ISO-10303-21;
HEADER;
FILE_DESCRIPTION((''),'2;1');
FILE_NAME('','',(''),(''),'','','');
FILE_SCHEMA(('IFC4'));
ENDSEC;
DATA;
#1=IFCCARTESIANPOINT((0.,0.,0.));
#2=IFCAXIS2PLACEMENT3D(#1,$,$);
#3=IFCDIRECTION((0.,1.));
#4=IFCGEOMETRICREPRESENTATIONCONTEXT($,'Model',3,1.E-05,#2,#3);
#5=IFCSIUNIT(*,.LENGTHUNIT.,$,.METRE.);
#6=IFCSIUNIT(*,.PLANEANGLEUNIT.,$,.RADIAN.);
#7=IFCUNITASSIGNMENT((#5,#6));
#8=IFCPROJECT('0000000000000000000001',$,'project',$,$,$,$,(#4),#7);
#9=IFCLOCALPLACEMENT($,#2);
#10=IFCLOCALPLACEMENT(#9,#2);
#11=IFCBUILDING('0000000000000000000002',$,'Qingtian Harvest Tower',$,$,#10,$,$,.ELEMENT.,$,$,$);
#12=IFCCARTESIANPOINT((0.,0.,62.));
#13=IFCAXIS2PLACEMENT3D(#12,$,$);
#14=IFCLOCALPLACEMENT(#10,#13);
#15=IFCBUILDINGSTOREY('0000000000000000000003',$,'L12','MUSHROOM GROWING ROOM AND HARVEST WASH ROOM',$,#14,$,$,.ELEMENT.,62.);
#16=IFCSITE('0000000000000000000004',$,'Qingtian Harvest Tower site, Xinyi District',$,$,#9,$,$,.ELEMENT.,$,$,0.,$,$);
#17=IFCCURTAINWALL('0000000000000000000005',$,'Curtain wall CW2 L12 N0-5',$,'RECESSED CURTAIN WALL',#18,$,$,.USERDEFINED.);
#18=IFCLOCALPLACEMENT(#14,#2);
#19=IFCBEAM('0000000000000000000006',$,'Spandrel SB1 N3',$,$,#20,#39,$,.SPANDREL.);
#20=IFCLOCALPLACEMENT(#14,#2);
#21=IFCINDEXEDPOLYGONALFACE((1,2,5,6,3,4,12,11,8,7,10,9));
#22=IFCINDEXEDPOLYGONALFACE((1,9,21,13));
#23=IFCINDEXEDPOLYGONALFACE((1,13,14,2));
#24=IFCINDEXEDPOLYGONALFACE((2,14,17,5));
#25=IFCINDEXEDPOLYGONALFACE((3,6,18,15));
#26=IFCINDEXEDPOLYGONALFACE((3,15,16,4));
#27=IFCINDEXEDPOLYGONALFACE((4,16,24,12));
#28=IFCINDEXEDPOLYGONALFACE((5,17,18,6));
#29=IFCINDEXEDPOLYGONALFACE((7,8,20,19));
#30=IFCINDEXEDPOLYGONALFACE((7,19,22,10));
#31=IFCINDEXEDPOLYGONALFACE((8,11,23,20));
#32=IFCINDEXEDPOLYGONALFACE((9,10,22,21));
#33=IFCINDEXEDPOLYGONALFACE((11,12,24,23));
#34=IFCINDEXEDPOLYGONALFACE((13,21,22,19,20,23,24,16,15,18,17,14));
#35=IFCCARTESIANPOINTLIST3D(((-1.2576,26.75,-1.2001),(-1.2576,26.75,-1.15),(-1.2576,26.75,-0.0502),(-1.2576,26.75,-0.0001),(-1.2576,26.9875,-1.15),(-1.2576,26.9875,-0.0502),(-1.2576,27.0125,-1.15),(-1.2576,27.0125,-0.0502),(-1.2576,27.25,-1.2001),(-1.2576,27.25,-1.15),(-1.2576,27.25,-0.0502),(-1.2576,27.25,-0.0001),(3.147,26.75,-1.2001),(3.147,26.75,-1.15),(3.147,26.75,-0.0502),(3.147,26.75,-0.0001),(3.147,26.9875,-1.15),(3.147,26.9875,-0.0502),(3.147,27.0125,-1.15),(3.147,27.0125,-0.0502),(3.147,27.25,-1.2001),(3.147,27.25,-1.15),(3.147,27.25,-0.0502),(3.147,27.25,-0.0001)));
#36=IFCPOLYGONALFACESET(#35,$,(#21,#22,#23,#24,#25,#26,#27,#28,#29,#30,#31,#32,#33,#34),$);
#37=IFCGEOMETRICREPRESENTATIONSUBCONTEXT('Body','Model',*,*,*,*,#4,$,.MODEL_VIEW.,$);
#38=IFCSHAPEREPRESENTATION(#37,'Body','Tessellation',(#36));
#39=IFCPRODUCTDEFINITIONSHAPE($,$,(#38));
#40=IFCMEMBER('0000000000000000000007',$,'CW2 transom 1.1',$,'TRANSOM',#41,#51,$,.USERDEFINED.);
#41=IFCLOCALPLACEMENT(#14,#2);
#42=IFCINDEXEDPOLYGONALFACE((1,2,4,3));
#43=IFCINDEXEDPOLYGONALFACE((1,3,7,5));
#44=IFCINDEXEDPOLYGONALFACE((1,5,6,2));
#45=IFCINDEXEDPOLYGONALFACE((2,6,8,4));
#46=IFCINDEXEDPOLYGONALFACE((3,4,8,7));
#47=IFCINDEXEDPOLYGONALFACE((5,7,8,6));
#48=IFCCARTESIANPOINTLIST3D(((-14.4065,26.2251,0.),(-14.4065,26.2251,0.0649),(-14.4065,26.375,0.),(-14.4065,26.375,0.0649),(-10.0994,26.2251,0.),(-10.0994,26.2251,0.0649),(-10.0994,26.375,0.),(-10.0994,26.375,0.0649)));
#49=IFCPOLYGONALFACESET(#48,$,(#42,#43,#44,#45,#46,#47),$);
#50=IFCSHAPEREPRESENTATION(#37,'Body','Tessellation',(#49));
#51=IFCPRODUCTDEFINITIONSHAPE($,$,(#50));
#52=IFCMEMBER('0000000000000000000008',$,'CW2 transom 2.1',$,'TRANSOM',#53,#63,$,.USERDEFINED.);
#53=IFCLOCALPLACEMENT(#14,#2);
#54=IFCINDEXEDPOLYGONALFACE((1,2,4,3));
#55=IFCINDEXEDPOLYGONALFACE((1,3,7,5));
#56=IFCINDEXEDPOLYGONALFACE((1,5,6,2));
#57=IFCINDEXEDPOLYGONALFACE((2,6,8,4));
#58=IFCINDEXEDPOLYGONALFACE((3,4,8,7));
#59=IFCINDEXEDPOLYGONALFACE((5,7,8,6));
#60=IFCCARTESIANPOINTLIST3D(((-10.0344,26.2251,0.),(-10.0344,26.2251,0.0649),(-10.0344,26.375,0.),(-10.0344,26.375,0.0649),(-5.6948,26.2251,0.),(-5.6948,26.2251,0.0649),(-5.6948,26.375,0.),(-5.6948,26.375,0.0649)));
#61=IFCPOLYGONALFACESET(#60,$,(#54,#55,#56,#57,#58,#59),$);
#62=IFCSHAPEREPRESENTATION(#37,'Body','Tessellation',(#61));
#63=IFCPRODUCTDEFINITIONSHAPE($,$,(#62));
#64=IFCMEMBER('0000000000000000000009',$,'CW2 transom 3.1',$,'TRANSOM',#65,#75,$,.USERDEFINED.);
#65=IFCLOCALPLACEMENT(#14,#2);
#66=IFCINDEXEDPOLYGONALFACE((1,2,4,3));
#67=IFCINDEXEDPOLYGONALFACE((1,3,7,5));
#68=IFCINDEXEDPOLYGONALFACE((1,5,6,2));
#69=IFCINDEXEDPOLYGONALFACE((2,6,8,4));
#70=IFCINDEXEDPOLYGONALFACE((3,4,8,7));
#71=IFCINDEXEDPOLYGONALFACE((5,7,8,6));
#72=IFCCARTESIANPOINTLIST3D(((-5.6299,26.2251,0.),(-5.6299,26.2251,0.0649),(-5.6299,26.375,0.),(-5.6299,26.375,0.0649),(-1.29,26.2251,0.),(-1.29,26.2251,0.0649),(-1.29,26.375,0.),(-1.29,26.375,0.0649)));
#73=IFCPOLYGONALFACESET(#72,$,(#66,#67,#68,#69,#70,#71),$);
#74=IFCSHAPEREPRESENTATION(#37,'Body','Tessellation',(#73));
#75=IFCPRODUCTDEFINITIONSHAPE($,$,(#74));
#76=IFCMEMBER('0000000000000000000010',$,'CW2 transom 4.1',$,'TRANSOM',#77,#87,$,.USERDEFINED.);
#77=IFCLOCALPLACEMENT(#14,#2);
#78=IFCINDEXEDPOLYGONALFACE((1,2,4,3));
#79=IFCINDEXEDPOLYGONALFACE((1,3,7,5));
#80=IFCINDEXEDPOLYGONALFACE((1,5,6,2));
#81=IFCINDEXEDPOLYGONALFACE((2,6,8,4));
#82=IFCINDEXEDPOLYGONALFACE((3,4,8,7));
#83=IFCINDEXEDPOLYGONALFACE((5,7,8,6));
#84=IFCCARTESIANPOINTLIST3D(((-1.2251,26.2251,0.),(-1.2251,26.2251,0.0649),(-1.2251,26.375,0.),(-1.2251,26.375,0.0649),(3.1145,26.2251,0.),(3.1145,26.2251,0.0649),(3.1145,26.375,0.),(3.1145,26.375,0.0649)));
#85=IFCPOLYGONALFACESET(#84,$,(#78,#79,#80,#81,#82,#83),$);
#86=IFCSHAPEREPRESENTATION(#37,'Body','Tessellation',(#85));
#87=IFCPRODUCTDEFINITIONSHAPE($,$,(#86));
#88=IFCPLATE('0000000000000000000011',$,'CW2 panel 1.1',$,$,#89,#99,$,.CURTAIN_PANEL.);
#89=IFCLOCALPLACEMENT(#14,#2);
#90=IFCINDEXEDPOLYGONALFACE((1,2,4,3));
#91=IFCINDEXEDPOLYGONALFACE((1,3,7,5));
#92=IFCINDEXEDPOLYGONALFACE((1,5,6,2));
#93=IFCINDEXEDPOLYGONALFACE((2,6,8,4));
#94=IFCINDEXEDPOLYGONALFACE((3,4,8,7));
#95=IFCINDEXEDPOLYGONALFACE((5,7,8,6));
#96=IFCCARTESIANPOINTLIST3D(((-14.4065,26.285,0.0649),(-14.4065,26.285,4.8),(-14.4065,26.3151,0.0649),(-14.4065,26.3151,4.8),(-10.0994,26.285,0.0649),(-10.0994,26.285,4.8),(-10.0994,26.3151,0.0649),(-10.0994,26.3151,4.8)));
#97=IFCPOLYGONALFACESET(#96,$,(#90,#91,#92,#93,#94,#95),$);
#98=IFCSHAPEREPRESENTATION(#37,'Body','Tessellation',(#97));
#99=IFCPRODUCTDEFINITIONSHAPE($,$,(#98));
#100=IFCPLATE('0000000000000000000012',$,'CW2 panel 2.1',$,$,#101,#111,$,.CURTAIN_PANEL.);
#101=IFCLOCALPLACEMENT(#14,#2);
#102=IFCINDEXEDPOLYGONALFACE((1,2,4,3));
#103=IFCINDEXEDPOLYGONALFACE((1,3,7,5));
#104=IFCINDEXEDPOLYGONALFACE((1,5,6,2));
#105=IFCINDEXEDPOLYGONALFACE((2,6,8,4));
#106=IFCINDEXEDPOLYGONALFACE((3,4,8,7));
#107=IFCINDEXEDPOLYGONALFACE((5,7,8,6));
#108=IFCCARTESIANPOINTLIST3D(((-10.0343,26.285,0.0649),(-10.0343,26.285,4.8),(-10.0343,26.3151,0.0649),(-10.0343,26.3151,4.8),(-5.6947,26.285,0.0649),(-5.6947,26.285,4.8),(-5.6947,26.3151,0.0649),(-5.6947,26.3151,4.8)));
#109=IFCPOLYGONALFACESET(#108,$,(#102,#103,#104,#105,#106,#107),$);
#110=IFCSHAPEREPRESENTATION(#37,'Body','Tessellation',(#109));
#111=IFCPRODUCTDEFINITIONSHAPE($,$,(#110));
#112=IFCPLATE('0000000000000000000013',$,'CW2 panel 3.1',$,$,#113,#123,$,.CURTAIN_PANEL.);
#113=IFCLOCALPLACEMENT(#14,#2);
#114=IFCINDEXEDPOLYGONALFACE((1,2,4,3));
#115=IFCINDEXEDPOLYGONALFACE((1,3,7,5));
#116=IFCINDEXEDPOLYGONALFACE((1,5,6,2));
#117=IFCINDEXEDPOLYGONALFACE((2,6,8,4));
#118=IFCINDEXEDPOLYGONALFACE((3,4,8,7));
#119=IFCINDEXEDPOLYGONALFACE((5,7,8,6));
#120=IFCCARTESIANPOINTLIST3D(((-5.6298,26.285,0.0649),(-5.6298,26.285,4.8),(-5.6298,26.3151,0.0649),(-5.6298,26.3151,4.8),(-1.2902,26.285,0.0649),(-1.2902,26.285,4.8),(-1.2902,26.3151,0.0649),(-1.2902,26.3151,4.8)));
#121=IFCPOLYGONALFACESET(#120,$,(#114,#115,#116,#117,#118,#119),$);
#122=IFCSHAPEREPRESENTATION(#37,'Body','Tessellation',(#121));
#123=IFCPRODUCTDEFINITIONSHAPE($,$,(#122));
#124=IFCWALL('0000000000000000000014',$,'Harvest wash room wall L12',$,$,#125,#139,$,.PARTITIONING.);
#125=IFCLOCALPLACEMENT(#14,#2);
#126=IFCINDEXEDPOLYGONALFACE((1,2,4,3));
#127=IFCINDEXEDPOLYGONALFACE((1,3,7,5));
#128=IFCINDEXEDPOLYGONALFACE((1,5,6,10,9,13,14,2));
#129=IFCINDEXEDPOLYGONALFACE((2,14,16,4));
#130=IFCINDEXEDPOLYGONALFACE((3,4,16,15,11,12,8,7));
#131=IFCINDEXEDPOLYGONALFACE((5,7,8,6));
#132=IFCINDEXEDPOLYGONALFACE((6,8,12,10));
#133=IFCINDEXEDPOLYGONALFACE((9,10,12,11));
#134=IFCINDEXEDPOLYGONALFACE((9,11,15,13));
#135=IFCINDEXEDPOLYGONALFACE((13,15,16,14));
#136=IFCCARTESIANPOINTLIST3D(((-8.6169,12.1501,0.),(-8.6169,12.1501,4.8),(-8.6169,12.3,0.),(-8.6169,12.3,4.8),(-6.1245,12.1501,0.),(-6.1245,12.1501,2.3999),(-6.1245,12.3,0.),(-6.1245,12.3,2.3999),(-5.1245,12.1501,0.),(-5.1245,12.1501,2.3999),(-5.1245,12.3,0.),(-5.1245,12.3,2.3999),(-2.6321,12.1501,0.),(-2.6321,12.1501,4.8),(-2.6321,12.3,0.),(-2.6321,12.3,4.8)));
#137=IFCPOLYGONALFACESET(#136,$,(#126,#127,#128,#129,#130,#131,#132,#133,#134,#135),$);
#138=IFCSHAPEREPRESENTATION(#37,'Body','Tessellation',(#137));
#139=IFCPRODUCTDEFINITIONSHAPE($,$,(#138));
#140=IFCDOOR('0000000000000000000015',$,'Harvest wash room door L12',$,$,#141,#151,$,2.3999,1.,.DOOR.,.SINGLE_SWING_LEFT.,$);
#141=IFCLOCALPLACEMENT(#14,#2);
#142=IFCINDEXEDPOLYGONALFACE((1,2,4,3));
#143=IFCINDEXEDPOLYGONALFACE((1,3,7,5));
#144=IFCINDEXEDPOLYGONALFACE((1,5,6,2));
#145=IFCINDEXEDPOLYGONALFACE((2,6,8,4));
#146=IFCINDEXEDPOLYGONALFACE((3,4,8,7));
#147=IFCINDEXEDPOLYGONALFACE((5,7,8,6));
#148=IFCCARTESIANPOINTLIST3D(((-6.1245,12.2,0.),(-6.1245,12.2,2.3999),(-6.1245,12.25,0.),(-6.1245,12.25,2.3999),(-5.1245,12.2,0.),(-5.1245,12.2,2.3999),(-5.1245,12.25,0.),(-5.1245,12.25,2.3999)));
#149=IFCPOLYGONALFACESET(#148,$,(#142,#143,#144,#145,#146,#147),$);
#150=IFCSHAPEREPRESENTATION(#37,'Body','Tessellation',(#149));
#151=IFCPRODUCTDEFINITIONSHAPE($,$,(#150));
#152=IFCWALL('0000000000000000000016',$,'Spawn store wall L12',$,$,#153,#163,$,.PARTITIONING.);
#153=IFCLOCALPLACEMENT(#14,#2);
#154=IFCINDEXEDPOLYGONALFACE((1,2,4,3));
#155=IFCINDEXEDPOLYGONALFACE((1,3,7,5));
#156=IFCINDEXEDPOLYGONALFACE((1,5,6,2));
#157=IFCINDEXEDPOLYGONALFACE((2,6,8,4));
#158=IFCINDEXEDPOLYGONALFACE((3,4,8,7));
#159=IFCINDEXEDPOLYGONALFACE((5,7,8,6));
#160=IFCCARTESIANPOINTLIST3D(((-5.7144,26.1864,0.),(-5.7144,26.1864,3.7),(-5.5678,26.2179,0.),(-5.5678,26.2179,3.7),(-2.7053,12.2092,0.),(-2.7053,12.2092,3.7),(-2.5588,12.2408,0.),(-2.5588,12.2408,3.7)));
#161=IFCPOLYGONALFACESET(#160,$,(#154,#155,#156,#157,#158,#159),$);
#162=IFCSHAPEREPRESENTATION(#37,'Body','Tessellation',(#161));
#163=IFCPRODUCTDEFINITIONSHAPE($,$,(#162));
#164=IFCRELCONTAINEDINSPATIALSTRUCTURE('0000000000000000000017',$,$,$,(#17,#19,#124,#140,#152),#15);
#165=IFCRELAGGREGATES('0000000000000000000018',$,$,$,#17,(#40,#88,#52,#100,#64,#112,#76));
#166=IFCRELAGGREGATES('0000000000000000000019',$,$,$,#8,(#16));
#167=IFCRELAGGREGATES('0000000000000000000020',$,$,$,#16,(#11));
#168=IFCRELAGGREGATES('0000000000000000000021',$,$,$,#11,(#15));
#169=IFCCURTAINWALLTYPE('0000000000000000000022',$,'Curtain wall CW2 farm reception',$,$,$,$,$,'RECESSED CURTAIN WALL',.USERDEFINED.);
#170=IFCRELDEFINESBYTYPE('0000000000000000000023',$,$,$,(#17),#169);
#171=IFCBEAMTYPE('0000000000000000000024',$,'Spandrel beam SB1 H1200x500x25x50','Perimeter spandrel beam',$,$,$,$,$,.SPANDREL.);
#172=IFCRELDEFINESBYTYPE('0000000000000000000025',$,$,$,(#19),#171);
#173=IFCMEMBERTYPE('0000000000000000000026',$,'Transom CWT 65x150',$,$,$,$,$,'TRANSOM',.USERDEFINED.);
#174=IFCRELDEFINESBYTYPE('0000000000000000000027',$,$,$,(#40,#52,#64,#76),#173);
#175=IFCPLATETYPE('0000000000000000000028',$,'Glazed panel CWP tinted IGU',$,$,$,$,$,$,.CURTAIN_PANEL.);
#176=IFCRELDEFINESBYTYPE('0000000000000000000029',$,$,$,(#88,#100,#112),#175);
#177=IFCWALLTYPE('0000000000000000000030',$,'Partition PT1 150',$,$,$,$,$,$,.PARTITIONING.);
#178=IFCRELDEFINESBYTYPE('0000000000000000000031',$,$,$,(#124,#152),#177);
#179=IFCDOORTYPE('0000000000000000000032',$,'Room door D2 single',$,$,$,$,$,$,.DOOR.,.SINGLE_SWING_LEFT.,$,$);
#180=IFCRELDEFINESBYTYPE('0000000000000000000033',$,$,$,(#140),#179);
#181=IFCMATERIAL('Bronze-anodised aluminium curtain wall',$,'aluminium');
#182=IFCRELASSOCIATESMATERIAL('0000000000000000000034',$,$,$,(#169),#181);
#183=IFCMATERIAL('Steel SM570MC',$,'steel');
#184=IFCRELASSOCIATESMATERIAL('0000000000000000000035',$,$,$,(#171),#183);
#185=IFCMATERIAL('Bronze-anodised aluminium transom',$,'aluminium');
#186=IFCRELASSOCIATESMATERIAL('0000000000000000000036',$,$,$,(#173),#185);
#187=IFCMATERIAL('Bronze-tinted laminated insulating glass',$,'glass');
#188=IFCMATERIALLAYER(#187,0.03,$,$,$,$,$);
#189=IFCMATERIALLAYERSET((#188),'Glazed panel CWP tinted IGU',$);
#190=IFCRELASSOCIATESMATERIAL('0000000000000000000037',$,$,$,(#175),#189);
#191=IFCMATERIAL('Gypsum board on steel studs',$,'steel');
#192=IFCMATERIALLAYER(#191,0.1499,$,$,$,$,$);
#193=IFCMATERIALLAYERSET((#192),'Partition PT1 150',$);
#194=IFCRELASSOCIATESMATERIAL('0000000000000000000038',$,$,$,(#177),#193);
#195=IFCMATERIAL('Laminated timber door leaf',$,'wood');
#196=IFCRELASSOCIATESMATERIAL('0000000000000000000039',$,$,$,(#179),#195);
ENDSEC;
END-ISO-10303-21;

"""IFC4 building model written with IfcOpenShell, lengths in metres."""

from ifc_helpers import new_model, si_unit, direction, frame, frame_2d, origin, origin_2d, place, context, subcontext, project, spatial, rectangle, i_section, extrude, material, layer, layer_set, material_profile, profile_set, type_object, element, fill, aggregate, save


model = new_model("IFC4")

# Units and contexts
model_context = context("Model", 3, precision=1e-05, world=origin(), true_north=direction((0.0, 1.0)))
body_context = subcontext(model_context, "Body", "Model", "MODEL_VIEW")
ifc_project = project(units=[si_unit("LENGTHUNIT", "METRE"), si_unit("PLANEANGLEUNIT", "RADIAN")], contexts=[model_context])

# Site, building, storey
site_placement = place(None, origin())
site = spatial("IfcSite", under=ifc_project, at=site_placement, Name="Qingtian Harvest Tower site, Xinyi District", CompositionType="ELEMENT", RefElevation=0.0)
building_placement = place(site_placement, origin())
building = spatial("IfcBuilding", under=site, at=building_placement, Name="Qingtian Harvest Tower", CompositionType="ELEMENT")
storey_placement = place(building_placement, frame((0.0, 0.0, 62.0)))
storey = spatial("IfcBuildingStorey", under=building, at=storey_placement, Name="L12", Description="MUSHROOM GROWING ROOM AND HARVEST WASH ROOM", CompositionType="ELEMENT", Elevation=62.0)

# Curtain wall
ifc_material_1 = material(Name="Bronze-anodised aluminium curtain wall", Category="aluminium")
curtain_wall_type = type_object("IfcCurtainWallType", Name="Curtain wall CW2 farm reception", ElementType="RECESSED CURTAIN WALL", PredefinedType="USERDEFINED", material=ifc_material_1)
curtain_wall_1_placement = place(storey_placement, origin())
curtain_wall_1 = element("IfcCurtainWall", 1, at=curtain_wall_1_placement, inside=storey, type_object=curtain_wall_type, Name="Curtain wall CW2 L12 N0-5", ObjectType="RECESSED CURTAIN WALL", PredefinedType="USERDEFINED")

# Beam
ifc_material_2 = material(Name="Steel SM570MC", Category="steel")
ifc_material_profile_1 = material_profile(ifc_material_2, i_section(OverallWidth=0.5, OverallDepth=1.2, WebThickness=0.0249, FlangeThickness=0.05, at=origin_2d()), Name="H1200x500x25x50")
ifc_profile_set_1 = profile_set([ifc_material_profile_1], Name="Steel SM570MC")
beam_type_1 = type_object("IfcBeamType", Name="Spandrel beam SB1 H1200x500x25x50", Description="Perimeter spandrel beam", PredefinedType="SPANDREL", material=ifc_profile_set_1)
beam_1_placement = place(storey_placement, frame((-1.2576, 27.0, -0.6001), z_axis=(1.0, 0.0, 0.0), x_axis=(0.0, 1.0, 0.0)))
element("IfcBeam", 2, at=beam_1_placement, inside=storey, type_object=beam_type_1, Name="Spandrel SB1 N3", PredefinedType="SPANDREL", context=body_context, shape_type="SweptSolid", body=[
    extrude(i_section(OverallWidth=0.5, OverallDepth=1.2, WebThickness=0.0249, FlangeThickness=0.05, at=origin_2d()), origin(), (0.0, 0.0, 1.0), 4.4045),
])

# Members
ifc_material_3 = material(Name="Bronze-anodised aluminium transom", Category="aluminium")
ifc_material_profile_2 = material_profile(ifc_material_3, rectangle(XDim=0.1499, YDim=0.0649, at=origin_2d()), Name="AL 65x150")
ifc_profile_set_2 = profile_set([ifc_material_profile_2], Name="Bronze-anodised aluminium transom")
member_type_1 = type_object("IfcMemberType", Name="Transom CWT 65x150", ElementType="TRANSOM", PredefinedType="USERDEFINED", material=ifc_profile_set_2)
member_1_placement = place(storey_placement, frame((-14.4065, 26.3, 0.0325), z_axis=(1.0, 0.0, 0.0), x_axis=(0.0, 1.0, 0.0)))
member_1 = element("IfcMember", 3, at=member_1_placement, type_object=member_type_1, Name="CW2 transom 1.1", ObjectType="TRANSOM", PredefinedType="USERDEFINED", context=body_context, shape_type="SweptSolid", body=[
    extrude(rectangle(XDim=0.1499, YDim=0.0649, at=origin_2d()), origin(), (0.0, 0.0, 1.0), 4.3071),
])
member_2_placement = place(storey_placement, frame((-10.0344, 26.3, 0.0325), z_axis=(1.0, 0.0, 0.0), x_axis=(0.0, 1.0, 0.0)))
member_2 = element("IfcMember", 4, at=member_2_placement, type_object=member_type_1, Name="CW2 transom 2.1", ObjectType="TRANSOM", PredefinedType="USERDEFINED", context=body_context, shape_type="SweptSolid", body=[
    extrude(rectangle(XDim=0.1499, YDim=0.0649, at=origin_2d()), origin(), (0.0, 0.0, 1.0), 4.3396),
])
member_3_placement = place(storey_placement, frame((-5.6299, 26.3, 0.0325), z_axis=(1.0, 0.0, 0.0), x_axis=(0.0, 1.0, 0.0)))
member_3 = element("IfcMember", 5, at=member_3_placement, type_object=member_type_1, Name="CW2 transom 3.1", ObjectType="TRANSOM", PredefinedType="USERDEFINED", context=body_context, shape_type="SweptSolid", body=[
    extrude(rectangle(XDim=0.1499, YDim=0.0649, at=origin_2d()), origin(), (0.0, 0.0, 1.0), 4.3398),
])
member_4_placement = place(storey_placement, frame((-1.2251, 26.3, 0.0325), z_axis=(1.0, 0.0, 0.0), x_axis=(0.0, 1.0, 0.0)))
member_4 = element("IfcMember", 6, at=member_4_placement, type_object=member_type_1, Name="CW2 transom 4.1", ObjectType="TRANSOM", PredefinedType="USERDEFINED", context=body_context, shape_type="SweptSolid", body=[
    extrude(rectangle(XDim=0.1499, YDim=0.0649, at=origin_2d()), origin(), (0.0, 0.0, 1.0), 4.3396),
])

# Plates
ifc_material_4 = material(Name="Bronze-tinted laminated insulating glass", Category="glass")
ifc_layer_1 = layer(ifc_material_4, 0.03)
ifc_layer_set_1 = layer_set([ifc_layer_1], Name="Glazed panel CWP tinted IGU")
plate_type = type_object("IfcPlateType", Name="Glazed panel CWP tinted IGU", PredefinedType="CURTAIN_PANEL", material=ifc_layer_set_1)
plate_1_placement = place(storey_placement, frame((-12.2529, 26.3, 0.0649), z_axis=(0.0, 0.0, 1.0), x_axis=(1.0, 0.0, 0.0)))
plate_1 = element("IfcPlate", 7, at=plate_1_placement, type_object=plate_type, Name="CW2 panel 1.1", PredefinedType="CURTAIN_PANEL", context=body_context, shape_type="SweptSolid", body=[
    extrude(rectangle(XDim=4.3071, YDim=0.03, at=origin_2d()), origin(), (0.0, 0.0, 1.0), 4.7351),
])
plate_2_placement = place(storey_placement, frame((-7.8645, 26.3, 0.0649), z_axis=(0.0, 0.0, 1.0), x_axis=(1.0, 0.0, 0.0)))
plate_2 = element("IfcPlate", 8, at=plate_2_placement, type_object=plate_type, Name="CW2 panel 2.1", PredefinedType="CURTAIN_PANEL", context=body_context, shape_type="SweptSolid", body=[
    extrude(rectangle(XDim=4.3396, YDim=0.03, at=origin_2d()), origin(), (0.0, 0.0, 1.0), 4.7351),
])
plate_3_placement = place(storey_placement, frame((-3.46, 26.3, 0.0649), z_axis=(0.0, 0.0, 1.0), x_axis=(1.0, 0.0, 0.0)))
plate_3 = element("IfcPlate", 9, at=plate_3_placement, type_object=plate_type, Name="CW2 panel 3.1", PredefinedType="CURTAIN_PANEL", context=body_context, shape_type="SweptSolid", body=[
    extrude(rectangle(XDim=4.3396, YDim=0.03, at=origin_2d()), origin(), (0.0, 0.0, 1.0), 4.7351),
])
aggregate(curtain_wall_1, [member_1, plate_1, member_2, plate_2, member_3, plate_3, member_4])

# Wall, opening, door
ifc_material_5 = material(Name="Gypsum board on steel studs", Category="steel")
ifc_layer_2 = layer(ifc_material_5, 0.1499)
ifc_layer_set_2 = layer_set([ifc_layer_2], Name="Partition PT1 150")
wall_type = type_object("IfcWallType", Name="Partition PT1 150", PredefinedType="PARTITIONING", material=ifc_layer_set_2)
wall_1_placement = place(storey_placement, frame((-8.6169, 12.2251, 0.0), z_axis=(0.0, 0.0, 1.0), x_axis=(1.0, 0.0, 0.0)))
wall_1 = element("IfcWall", 10, at=wall_1_placement, inside=storey, type_object=wall_type, Name="Harvest wash room wall L12", PredefinedType="PARTITIONING", context=body_context, shape_type="SweptSolid", body=[
    extrude(rectangle(XDim=5.9849, YDim=0.1499, at=frame_2d((2.9924, 0.0))), origin(), (0.0, 0.0, 1.0), 4.8),
])
opening_1_placement = place(wall_1_placement, frame((2.4924, 0.0, 0.0)))
opening_1 = element("IfcOpeningElement", 11, at=opening_1_placement, cuts=wall_1, PredefinedType="OPENING", context=body_context, shape_type="SweptSolid", body=[
    extrude(rectangle(XDim=1.0, YDim=2.3999, at=frame_2d((0.5, 1.2))), frame((0.0, 0.085, 0.0), z_axis=(0.0, -1.0, 0.0), x_axis=(1.0, 0.0, 0.0)), (0.0, 0.0, 1.0), 0.1699),
])
ifc_material_6 = material(Name="Laminated timber door leaf", Category="wood")
door_type = type_object("IfcDoorType", Name="Room door D2 single", OperationType="SINGLE_SWING_LEFT", PredefinedType="DOOR", material=ifc_material_6)
door_1_placement = place(opening_1_placement, origin())
door_1 = element("IfcDoor", 12, at=door_1_placement, inside=storey, type_object=door_type, Name="Harvest wash room door L12", OperationType="SINGLE_SWING_LEFT", OverallHeight=2.3999, OverallWidth=1.0, PredefinedType="DOOR", context=body_context, shape_type="SweptSolid", body=[
    extrude(rectangle(XDim=1.0, YDim=2.3999, at=frame_2d((0.5, 1.2))), frame((0.0, 0.0249, 0.0), z_axis=(0.0, -1.0, 0.0), x_axis=(1.0, 0.0, 0.0)), (0.0, 0.0, 1.0), 0.05),
])
fill(opening_1, door_1)

# Wall
wall_2_placement = place(storey_placement, frame((-5.6411, 26.2021, 0.0), z_axis=(0.0, 0.0, 1.0), x_axis=(0.210462, -0.977602, 0.0)))
element("IfcWall", 13, at=wall_2_placement, inside=storey, type_object=wall_type, Name="Spawn store wall L12", PredefinedType="PARTITIONING", context=body_context, shape_type="SweptSolid", body=[
    extrude(rectangle(XDim=14.2974, YDim=0.1499, at=frame_2d((7.1487, 0.0))), origin(), (0.0, 0.0, 1.0), 3.7),
])

save(model, "model.ifc")
